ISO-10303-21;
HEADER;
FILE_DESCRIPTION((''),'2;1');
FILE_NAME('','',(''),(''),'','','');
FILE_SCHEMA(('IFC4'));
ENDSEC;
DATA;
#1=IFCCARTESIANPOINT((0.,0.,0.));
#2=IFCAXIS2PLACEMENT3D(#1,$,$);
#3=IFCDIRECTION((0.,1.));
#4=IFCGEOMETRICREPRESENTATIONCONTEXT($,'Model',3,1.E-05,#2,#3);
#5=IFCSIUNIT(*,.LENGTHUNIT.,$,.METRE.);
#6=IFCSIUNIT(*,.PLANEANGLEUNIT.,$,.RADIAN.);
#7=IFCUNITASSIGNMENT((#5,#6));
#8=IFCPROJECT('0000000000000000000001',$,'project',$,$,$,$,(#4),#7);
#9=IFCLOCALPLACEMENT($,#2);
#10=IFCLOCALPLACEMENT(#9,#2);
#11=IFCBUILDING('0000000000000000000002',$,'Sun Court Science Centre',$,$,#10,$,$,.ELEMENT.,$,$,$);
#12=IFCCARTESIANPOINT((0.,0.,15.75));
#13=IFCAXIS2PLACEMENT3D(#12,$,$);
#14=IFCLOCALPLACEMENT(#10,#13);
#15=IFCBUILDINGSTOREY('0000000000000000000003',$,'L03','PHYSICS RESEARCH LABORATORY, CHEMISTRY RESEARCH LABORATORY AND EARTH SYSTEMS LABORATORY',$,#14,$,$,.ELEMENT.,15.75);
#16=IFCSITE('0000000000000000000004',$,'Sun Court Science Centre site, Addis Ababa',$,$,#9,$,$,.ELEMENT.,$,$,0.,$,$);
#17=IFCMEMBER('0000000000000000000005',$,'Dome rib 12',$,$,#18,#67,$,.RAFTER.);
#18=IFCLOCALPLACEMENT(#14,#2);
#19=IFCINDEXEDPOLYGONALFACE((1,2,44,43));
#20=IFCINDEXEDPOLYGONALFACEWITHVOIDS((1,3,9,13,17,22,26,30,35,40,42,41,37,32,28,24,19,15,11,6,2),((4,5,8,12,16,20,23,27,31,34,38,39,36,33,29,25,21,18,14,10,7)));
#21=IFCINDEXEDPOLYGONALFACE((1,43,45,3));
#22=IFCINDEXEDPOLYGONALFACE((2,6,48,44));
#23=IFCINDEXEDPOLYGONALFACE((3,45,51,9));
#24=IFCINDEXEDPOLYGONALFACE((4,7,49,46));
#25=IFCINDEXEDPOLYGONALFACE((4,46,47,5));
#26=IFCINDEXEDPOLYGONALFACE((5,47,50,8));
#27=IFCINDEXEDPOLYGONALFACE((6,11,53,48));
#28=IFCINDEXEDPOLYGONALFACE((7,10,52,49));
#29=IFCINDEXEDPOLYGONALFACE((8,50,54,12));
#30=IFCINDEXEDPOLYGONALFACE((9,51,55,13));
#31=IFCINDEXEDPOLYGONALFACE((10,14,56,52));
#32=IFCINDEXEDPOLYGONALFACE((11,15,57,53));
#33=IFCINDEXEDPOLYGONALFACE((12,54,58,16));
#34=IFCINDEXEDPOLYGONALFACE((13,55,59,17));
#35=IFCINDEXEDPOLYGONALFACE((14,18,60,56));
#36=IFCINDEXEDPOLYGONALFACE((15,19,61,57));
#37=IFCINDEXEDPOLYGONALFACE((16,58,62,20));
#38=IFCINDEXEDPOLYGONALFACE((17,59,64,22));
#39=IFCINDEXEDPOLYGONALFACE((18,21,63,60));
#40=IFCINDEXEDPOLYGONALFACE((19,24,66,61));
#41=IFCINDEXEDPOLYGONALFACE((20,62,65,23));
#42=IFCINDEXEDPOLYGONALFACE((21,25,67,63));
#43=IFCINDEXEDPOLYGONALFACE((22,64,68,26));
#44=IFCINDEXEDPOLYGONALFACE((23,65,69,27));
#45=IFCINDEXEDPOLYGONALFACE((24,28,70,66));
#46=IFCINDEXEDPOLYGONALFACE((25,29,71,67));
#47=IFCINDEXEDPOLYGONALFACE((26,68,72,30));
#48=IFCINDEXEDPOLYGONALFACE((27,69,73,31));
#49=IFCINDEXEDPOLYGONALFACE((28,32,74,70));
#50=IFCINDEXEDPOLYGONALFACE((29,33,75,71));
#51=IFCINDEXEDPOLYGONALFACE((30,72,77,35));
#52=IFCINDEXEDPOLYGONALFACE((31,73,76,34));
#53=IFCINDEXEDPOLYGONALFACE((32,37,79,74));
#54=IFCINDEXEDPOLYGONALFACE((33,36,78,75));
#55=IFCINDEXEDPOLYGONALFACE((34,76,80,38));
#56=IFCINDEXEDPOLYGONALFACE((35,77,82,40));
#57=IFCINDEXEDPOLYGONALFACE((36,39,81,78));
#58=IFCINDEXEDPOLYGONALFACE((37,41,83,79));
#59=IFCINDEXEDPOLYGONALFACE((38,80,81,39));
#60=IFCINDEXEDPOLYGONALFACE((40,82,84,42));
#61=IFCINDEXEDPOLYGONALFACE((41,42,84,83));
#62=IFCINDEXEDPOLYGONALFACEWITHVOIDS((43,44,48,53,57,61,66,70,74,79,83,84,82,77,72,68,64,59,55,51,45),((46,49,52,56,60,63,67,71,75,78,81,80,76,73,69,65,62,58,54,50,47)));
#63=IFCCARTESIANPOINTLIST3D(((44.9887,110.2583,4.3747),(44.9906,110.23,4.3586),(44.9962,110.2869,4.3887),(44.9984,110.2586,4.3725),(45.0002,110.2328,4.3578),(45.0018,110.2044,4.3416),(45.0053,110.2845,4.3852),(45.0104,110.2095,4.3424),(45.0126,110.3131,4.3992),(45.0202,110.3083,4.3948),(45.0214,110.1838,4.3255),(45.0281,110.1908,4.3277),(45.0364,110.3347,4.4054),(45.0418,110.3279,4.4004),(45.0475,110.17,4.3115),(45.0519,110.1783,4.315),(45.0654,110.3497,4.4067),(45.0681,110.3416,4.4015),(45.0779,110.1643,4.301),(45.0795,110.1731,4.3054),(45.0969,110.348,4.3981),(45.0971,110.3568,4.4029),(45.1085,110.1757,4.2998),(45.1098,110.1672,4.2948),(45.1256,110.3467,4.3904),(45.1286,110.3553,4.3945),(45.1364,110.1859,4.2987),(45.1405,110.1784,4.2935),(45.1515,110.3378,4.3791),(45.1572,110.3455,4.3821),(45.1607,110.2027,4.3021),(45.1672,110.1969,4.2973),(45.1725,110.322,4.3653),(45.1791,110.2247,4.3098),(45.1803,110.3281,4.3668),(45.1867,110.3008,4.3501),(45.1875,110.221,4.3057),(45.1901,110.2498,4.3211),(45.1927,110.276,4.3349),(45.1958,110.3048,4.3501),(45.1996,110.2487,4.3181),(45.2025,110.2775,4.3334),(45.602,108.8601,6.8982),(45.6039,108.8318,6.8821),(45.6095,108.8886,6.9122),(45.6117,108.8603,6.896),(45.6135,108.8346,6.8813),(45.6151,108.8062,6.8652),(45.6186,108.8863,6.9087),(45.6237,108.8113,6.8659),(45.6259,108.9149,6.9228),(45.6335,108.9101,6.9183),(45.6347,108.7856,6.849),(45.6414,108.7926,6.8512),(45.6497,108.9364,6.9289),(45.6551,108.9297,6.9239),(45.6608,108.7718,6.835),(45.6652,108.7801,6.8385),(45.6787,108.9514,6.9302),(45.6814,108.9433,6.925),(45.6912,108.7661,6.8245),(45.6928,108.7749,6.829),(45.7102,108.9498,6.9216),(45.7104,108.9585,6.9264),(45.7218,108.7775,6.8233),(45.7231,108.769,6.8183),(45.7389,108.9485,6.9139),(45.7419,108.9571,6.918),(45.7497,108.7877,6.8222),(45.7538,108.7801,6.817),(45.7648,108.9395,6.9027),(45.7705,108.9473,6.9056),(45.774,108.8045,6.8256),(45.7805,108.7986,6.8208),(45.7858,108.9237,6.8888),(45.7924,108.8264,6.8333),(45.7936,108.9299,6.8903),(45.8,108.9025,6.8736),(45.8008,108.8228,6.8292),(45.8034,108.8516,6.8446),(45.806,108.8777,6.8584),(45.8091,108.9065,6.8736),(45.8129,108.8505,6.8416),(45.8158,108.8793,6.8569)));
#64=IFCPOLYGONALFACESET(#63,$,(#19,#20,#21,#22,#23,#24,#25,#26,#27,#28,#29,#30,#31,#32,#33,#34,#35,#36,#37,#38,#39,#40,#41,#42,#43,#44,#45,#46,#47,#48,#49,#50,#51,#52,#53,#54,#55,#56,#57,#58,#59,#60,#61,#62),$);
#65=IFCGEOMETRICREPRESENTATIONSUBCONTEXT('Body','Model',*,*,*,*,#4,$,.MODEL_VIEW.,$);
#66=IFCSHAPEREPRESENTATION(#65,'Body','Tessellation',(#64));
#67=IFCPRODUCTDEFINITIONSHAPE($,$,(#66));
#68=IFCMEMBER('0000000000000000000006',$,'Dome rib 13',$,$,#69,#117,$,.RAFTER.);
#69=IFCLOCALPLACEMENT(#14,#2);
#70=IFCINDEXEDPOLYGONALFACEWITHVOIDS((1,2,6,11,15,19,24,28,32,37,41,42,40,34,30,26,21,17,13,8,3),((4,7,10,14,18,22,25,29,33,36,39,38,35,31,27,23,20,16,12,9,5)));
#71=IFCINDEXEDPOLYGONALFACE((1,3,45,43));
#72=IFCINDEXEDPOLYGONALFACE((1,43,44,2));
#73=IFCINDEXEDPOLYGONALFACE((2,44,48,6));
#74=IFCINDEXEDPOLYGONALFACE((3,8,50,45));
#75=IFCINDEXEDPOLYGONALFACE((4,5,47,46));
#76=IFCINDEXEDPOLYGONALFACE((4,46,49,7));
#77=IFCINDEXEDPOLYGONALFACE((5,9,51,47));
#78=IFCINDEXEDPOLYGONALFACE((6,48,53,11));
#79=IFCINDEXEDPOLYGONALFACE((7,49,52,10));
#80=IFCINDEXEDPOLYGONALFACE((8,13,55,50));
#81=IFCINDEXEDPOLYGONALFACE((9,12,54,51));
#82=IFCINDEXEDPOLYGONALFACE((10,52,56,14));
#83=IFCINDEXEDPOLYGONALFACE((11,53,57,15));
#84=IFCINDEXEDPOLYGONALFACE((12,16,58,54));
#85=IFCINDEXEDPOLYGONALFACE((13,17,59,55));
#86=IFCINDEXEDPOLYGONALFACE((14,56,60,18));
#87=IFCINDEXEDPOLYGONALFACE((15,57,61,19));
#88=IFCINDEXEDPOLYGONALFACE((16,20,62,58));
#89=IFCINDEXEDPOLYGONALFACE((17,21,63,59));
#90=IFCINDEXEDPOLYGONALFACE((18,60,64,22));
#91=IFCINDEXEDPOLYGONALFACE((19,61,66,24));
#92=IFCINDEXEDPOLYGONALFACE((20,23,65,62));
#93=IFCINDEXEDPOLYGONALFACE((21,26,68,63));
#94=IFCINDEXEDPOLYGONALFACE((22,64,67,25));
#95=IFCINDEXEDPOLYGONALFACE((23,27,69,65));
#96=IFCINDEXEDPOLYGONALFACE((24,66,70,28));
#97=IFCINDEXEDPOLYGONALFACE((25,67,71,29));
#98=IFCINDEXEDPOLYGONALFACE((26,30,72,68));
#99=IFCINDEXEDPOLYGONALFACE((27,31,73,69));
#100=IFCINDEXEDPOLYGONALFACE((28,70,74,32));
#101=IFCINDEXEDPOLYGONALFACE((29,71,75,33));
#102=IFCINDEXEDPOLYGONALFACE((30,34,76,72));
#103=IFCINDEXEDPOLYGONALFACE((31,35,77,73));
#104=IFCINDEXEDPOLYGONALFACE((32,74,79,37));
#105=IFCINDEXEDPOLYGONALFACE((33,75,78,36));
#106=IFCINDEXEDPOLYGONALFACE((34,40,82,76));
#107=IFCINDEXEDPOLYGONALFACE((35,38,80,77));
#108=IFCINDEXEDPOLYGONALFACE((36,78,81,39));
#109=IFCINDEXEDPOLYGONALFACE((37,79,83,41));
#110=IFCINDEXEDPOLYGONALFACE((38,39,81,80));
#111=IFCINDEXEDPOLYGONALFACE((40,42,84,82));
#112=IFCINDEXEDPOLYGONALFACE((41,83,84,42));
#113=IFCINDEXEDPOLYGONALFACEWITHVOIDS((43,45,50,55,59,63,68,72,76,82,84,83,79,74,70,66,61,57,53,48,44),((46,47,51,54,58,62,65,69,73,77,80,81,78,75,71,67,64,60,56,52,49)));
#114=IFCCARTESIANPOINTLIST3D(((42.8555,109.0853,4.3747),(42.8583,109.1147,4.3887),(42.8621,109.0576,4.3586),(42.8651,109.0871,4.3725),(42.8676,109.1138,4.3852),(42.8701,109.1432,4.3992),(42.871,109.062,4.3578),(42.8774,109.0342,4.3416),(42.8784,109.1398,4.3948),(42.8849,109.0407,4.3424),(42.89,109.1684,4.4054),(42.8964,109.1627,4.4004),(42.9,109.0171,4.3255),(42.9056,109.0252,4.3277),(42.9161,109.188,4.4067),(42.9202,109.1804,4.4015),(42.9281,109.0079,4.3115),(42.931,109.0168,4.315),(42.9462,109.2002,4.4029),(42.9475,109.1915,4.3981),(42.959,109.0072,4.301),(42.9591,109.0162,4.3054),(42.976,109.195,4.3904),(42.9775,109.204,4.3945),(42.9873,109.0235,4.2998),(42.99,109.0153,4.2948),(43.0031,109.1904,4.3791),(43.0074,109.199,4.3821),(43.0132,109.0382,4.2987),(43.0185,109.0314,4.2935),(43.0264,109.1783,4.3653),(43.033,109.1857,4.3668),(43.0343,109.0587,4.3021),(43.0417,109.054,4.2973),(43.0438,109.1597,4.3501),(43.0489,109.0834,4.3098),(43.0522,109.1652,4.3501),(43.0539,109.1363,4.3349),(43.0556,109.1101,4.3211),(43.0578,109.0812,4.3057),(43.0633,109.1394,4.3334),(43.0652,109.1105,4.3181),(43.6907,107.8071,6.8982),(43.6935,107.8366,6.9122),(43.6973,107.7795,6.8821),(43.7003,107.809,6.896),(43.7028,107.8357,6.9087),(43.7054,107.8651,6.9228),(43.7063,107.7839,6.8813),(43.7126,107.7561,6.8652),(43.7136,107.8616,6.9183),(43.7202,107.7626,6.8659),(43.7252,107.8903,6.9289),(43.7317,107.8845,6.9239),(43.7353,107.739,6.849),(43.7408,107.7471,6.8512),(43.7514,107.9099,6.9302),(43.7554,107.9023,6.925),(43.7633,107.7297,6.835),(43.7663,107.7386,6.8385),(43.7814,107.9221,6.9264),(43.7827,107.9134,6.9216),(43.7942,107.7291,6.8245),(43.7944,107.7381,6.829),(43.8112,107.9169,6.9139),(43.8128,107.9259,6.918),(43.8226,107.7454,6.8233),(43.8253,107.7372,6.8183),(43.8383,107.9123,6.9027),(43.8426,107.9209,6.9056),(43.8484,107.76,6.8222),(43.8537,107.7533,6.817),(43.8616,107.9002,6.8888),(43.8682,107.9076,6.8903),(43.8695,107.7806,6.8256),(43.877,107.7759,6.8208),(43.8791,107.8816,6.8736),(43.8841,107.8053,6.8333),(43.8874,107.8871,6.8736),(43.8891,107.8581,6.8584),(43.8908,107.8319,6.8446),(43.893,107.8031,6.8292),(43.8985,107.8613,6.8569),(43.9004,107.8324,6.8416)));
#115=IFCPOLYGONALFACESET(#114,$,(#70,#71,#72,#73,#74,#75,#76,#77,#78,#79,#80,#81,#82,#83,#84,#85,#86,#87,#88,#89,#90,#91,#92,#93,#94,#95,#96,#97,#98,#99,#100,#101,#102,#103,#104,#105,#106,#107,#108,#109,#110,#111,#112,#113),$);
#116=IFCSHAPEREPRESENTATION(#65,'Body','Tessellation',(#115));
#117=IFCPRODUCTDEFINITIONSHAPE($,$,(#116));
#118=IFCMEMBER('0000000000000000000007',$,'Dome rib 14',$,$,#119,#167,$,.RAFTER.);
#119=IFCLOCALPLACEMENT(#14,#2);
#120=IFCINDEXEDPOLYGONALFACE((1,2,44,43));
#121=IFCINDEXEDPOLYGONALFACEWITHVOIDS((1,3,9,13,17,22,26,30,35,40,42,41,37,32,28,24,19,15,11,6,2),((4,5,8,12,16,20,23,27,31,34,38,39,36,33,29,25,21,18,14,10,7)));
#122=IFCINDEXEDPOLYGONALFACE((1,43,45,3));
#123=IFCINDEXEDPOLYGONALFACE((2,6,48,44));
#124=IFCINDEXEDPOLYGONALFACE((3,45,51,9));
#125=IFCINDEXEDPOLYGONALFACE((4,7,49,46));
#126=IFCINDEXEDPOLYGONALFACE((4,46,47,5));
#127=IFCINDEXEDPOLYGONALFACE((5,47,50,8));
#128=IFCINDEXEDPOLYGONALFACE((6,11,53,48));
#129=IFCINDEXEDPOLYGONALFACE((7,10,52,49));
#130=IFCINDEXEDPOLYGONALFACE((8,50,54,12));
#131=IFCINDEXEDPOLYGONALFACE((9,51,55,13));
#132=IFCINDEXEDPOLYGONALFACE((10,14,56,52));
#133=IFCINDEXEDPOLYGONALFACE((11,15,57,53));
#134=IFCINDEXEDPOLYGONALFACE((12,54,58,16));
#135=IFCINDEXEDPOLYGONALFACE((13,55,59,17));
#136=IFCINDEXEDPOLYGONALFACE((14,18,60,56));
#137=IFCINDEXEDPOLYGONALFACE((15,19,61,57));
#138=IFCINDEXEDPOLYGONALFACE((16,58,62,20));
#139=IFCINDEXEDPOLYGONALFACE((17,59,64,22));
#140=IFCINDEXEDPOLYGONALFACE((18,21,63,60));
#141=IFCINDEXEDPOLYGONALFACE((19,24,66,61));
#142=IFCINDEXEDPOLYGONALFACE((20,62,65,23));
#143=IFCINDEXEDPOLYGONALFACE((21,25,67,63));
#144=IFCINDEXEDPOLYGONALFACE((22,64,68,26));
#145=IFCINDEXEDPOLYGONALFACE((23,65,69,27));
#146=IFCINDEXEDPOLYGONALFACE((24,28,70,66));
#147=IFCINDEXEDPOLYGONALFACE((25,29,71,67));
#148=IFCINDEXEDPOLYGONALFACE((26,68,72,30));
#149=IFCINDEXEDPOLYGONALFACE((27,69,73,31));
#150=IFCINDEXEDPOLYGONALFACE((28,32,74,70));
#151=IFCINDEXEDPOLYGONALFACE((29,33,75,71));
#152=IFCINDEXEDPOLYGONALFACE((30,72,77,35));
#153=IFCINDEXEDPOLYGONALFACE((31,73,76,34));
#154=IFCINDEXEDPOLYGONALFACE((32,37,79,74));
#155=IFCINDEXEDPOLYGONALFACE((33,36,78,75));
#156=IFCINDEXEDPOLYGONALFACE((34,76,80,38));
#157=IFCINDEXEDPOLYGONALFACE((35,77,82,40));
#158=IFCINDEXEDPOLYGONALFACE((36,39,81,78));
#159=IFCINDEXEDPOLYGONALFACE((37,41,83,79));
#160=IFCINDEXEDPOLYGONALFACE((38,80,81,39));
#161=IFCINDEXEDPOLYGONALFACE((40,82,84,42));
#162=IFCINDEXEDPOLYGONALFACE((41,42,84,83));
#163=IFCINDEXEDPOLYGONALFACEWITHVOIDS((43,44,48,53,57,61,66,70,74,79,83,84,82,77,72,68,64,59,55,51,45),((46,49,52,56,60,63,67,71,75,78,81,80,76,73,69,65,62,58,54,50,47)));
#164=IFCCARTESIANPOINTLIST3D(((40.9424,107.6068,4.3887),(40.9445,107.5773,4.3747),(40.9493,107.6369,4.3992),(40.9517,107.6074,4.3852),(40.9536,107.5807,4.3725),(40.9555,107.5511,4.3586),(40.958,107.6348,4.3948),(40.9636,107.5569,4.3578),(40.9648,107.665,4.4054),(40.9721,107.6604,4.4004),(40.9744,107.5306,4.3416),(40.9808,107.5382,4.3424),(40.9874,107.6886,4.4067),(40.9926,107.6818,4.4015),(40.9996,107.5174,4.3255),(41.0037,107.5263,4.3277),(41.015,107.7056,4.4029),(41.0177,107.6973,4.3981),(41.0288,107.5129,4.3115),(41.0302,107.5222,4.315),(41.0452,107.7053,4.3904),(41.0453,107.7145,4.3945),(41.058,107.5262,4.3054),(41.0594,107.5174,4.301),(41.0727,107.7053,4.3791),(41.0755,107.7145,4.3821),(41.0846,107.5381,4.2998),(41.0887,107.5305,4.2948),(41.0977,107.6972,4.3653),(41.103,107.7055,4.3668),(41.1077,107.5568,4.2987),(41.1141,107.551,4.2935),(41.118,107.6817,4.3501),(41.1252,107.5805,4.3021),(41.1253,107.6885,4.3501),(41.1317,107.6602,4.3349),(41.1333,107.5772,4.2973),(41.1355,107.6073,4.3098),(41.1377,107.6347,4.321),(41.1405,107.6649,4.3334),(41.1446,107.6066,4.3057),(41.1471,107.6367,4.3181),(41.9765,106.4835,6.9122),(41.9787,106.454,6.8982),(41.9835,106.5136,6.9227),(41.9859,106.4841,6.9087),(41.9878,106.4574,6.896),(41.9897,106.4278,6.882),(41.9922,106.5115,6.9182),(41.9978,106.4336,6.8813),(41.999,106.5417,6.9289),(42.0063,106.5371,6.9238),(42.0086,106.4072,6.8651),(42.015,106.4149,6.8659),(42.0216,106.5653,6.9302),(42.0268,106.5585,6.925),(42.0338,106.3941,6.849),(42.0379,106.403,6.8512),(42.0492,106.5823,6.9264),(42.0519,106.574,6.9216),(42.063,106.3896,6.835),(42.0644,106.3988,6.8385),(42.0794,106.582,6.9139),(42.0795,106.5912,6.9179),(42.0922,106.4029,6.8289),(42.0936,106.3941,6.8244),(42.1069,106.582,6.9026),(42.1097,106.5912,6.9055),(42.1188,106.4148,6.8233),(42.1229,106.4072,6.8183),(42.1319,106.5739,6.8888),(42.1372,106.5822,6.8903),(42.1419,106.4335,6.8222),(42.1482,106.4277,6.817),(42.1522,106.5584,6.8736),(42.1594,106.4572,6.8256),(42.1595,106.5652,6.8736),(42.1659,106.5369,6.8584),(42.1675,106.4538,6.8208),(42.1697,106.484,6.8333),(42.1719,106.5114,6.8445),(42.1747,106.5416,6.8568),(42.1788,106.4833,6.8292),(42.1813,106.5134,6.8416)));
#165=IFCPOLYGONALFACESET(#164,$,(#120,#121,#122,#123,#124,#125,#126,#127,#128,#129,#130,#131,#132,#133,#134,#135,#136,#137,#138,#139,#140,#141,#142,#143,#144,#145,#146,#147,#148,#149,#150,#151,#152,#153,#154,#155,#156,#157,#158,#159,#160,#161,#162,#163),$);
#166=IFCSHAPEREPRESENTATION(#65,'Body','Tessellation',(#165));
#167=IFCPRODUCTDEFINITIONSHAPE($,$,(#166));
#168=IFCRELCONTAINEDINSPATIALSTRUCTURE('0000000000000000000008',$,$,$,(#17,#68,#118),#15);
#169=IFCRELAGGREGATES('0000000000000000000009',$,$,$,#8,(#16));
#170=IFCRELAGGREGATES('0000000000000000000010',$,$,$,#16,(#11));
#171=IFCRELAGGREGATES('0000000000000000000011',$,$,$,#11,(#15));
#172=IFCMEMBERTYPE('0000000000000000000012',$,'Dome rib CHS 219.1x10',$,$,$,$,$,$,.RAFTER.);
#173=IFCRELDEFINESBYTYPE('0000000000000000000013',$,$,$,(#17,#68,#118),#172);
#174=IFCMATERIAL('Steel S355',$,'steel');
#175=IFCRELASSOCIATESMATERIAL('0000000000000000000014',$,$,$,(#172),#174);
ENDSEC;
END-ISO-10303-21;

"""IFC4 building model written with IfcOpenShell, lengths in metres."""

from ifc_helpers import new_model, si_unit, direction, frame, origin, origin_2d, place, context, subcontext, project, spatial, hollow_circle, extrude, material, material_profile, profile_set, type_object, element, save


model = new_model("IFC4")

# Units and contexts
model_context = context("Model", 3, precision=1e-05, world=origin(), true_north=direction((0.0, 1.0)))
body_context = subcontext(model_context, "Body", "Model", "MODEL_VIEW")
ifc_project = project(units=[si_unit("LENGTHUNIT", "METRE"), si_unit("PLANEANGLEUNIT", "RADIAN")], contexts=[model_context])

# Site, building, storey
site_placement = place(None, origin())
site = spatial("IfcSite", under=ifc_project, at=site_placement, Name="Sun Court Science Centre site, Addis Ababa", CompositionType="ELEMENT", RefElevation=0.0)
building_placement = place(site_placement, origin())
building = spatial("IfcBuilding", under=site, at=building_placement, Name="Sun Court Science Centre", CompositionType="ELEMENT")
storey_placement = place(building_placement, frame((0.0, 0.0, 15.75)))
storey = spatial("IfcBuildingStorey", under=building, at=storey_placement, Name="L03", Description="PHYSICS RESEARCH LABORATORY, CHEMISTRY RESEARCH LABORATORY AND EARTH SYSTEMS LABORATORY", CompositionType="ELEMENT", Elevation=15.75)

# Members
ifc_material_1 = material(Name="Steel S355", Category="steel")
ifc_material_profile_1 = material_profile(ifc_material_1, hollow_circle(Radius=0.1096, WallThickness=0.01, at=origin_2d()), Name="CHS 219.1x10")
ifc_profile_set_1 = profile_set([ifc_material_profile_1], Name="Steel S355")
member_type_1 = type_object("IfcMemberType", Name="Dome rib CHS 219.1x10", PredefinedType="RAFTER", material=ifc_profile_set_1)
for number, where, z_axis, x_axis, name in (
    (1, (45.0955, 110.2607, 4.3501), (0.207936, -0.474065, 0.855585), (0.915779, 0.401683, 0.0), "Dome rib 12"),
    (2, (42.9604, 109.1052, 4.3501), (0.283181, -0.433339, 0.855585), (0.837108, 0.547038, 0.0), "Dome rib 13"),
    (3, (41.0447, 107.6143, 4.3501), (0.350639, -0.380852, 0.855572), (0.735686, 0.677323, 0.0), "Dome rib 14"),
):
    element("IfcMember", number, at=place(storey_placement, frame(where, z_axis=z_axis, x_axis=x_axis)), inside=storey, type_object=member_type_1, Name=name, PredefinedType="RAFTER", context=body_context, shape_type="SweptSolid", body=[
        extrude(hollow_circle(Radius=0.1096, WallThickness=0.01, at=origin_2d()), origin(), (0.0, 0.0, 1.0), 2.9495),
    ])

save(model, "model.ifc")
